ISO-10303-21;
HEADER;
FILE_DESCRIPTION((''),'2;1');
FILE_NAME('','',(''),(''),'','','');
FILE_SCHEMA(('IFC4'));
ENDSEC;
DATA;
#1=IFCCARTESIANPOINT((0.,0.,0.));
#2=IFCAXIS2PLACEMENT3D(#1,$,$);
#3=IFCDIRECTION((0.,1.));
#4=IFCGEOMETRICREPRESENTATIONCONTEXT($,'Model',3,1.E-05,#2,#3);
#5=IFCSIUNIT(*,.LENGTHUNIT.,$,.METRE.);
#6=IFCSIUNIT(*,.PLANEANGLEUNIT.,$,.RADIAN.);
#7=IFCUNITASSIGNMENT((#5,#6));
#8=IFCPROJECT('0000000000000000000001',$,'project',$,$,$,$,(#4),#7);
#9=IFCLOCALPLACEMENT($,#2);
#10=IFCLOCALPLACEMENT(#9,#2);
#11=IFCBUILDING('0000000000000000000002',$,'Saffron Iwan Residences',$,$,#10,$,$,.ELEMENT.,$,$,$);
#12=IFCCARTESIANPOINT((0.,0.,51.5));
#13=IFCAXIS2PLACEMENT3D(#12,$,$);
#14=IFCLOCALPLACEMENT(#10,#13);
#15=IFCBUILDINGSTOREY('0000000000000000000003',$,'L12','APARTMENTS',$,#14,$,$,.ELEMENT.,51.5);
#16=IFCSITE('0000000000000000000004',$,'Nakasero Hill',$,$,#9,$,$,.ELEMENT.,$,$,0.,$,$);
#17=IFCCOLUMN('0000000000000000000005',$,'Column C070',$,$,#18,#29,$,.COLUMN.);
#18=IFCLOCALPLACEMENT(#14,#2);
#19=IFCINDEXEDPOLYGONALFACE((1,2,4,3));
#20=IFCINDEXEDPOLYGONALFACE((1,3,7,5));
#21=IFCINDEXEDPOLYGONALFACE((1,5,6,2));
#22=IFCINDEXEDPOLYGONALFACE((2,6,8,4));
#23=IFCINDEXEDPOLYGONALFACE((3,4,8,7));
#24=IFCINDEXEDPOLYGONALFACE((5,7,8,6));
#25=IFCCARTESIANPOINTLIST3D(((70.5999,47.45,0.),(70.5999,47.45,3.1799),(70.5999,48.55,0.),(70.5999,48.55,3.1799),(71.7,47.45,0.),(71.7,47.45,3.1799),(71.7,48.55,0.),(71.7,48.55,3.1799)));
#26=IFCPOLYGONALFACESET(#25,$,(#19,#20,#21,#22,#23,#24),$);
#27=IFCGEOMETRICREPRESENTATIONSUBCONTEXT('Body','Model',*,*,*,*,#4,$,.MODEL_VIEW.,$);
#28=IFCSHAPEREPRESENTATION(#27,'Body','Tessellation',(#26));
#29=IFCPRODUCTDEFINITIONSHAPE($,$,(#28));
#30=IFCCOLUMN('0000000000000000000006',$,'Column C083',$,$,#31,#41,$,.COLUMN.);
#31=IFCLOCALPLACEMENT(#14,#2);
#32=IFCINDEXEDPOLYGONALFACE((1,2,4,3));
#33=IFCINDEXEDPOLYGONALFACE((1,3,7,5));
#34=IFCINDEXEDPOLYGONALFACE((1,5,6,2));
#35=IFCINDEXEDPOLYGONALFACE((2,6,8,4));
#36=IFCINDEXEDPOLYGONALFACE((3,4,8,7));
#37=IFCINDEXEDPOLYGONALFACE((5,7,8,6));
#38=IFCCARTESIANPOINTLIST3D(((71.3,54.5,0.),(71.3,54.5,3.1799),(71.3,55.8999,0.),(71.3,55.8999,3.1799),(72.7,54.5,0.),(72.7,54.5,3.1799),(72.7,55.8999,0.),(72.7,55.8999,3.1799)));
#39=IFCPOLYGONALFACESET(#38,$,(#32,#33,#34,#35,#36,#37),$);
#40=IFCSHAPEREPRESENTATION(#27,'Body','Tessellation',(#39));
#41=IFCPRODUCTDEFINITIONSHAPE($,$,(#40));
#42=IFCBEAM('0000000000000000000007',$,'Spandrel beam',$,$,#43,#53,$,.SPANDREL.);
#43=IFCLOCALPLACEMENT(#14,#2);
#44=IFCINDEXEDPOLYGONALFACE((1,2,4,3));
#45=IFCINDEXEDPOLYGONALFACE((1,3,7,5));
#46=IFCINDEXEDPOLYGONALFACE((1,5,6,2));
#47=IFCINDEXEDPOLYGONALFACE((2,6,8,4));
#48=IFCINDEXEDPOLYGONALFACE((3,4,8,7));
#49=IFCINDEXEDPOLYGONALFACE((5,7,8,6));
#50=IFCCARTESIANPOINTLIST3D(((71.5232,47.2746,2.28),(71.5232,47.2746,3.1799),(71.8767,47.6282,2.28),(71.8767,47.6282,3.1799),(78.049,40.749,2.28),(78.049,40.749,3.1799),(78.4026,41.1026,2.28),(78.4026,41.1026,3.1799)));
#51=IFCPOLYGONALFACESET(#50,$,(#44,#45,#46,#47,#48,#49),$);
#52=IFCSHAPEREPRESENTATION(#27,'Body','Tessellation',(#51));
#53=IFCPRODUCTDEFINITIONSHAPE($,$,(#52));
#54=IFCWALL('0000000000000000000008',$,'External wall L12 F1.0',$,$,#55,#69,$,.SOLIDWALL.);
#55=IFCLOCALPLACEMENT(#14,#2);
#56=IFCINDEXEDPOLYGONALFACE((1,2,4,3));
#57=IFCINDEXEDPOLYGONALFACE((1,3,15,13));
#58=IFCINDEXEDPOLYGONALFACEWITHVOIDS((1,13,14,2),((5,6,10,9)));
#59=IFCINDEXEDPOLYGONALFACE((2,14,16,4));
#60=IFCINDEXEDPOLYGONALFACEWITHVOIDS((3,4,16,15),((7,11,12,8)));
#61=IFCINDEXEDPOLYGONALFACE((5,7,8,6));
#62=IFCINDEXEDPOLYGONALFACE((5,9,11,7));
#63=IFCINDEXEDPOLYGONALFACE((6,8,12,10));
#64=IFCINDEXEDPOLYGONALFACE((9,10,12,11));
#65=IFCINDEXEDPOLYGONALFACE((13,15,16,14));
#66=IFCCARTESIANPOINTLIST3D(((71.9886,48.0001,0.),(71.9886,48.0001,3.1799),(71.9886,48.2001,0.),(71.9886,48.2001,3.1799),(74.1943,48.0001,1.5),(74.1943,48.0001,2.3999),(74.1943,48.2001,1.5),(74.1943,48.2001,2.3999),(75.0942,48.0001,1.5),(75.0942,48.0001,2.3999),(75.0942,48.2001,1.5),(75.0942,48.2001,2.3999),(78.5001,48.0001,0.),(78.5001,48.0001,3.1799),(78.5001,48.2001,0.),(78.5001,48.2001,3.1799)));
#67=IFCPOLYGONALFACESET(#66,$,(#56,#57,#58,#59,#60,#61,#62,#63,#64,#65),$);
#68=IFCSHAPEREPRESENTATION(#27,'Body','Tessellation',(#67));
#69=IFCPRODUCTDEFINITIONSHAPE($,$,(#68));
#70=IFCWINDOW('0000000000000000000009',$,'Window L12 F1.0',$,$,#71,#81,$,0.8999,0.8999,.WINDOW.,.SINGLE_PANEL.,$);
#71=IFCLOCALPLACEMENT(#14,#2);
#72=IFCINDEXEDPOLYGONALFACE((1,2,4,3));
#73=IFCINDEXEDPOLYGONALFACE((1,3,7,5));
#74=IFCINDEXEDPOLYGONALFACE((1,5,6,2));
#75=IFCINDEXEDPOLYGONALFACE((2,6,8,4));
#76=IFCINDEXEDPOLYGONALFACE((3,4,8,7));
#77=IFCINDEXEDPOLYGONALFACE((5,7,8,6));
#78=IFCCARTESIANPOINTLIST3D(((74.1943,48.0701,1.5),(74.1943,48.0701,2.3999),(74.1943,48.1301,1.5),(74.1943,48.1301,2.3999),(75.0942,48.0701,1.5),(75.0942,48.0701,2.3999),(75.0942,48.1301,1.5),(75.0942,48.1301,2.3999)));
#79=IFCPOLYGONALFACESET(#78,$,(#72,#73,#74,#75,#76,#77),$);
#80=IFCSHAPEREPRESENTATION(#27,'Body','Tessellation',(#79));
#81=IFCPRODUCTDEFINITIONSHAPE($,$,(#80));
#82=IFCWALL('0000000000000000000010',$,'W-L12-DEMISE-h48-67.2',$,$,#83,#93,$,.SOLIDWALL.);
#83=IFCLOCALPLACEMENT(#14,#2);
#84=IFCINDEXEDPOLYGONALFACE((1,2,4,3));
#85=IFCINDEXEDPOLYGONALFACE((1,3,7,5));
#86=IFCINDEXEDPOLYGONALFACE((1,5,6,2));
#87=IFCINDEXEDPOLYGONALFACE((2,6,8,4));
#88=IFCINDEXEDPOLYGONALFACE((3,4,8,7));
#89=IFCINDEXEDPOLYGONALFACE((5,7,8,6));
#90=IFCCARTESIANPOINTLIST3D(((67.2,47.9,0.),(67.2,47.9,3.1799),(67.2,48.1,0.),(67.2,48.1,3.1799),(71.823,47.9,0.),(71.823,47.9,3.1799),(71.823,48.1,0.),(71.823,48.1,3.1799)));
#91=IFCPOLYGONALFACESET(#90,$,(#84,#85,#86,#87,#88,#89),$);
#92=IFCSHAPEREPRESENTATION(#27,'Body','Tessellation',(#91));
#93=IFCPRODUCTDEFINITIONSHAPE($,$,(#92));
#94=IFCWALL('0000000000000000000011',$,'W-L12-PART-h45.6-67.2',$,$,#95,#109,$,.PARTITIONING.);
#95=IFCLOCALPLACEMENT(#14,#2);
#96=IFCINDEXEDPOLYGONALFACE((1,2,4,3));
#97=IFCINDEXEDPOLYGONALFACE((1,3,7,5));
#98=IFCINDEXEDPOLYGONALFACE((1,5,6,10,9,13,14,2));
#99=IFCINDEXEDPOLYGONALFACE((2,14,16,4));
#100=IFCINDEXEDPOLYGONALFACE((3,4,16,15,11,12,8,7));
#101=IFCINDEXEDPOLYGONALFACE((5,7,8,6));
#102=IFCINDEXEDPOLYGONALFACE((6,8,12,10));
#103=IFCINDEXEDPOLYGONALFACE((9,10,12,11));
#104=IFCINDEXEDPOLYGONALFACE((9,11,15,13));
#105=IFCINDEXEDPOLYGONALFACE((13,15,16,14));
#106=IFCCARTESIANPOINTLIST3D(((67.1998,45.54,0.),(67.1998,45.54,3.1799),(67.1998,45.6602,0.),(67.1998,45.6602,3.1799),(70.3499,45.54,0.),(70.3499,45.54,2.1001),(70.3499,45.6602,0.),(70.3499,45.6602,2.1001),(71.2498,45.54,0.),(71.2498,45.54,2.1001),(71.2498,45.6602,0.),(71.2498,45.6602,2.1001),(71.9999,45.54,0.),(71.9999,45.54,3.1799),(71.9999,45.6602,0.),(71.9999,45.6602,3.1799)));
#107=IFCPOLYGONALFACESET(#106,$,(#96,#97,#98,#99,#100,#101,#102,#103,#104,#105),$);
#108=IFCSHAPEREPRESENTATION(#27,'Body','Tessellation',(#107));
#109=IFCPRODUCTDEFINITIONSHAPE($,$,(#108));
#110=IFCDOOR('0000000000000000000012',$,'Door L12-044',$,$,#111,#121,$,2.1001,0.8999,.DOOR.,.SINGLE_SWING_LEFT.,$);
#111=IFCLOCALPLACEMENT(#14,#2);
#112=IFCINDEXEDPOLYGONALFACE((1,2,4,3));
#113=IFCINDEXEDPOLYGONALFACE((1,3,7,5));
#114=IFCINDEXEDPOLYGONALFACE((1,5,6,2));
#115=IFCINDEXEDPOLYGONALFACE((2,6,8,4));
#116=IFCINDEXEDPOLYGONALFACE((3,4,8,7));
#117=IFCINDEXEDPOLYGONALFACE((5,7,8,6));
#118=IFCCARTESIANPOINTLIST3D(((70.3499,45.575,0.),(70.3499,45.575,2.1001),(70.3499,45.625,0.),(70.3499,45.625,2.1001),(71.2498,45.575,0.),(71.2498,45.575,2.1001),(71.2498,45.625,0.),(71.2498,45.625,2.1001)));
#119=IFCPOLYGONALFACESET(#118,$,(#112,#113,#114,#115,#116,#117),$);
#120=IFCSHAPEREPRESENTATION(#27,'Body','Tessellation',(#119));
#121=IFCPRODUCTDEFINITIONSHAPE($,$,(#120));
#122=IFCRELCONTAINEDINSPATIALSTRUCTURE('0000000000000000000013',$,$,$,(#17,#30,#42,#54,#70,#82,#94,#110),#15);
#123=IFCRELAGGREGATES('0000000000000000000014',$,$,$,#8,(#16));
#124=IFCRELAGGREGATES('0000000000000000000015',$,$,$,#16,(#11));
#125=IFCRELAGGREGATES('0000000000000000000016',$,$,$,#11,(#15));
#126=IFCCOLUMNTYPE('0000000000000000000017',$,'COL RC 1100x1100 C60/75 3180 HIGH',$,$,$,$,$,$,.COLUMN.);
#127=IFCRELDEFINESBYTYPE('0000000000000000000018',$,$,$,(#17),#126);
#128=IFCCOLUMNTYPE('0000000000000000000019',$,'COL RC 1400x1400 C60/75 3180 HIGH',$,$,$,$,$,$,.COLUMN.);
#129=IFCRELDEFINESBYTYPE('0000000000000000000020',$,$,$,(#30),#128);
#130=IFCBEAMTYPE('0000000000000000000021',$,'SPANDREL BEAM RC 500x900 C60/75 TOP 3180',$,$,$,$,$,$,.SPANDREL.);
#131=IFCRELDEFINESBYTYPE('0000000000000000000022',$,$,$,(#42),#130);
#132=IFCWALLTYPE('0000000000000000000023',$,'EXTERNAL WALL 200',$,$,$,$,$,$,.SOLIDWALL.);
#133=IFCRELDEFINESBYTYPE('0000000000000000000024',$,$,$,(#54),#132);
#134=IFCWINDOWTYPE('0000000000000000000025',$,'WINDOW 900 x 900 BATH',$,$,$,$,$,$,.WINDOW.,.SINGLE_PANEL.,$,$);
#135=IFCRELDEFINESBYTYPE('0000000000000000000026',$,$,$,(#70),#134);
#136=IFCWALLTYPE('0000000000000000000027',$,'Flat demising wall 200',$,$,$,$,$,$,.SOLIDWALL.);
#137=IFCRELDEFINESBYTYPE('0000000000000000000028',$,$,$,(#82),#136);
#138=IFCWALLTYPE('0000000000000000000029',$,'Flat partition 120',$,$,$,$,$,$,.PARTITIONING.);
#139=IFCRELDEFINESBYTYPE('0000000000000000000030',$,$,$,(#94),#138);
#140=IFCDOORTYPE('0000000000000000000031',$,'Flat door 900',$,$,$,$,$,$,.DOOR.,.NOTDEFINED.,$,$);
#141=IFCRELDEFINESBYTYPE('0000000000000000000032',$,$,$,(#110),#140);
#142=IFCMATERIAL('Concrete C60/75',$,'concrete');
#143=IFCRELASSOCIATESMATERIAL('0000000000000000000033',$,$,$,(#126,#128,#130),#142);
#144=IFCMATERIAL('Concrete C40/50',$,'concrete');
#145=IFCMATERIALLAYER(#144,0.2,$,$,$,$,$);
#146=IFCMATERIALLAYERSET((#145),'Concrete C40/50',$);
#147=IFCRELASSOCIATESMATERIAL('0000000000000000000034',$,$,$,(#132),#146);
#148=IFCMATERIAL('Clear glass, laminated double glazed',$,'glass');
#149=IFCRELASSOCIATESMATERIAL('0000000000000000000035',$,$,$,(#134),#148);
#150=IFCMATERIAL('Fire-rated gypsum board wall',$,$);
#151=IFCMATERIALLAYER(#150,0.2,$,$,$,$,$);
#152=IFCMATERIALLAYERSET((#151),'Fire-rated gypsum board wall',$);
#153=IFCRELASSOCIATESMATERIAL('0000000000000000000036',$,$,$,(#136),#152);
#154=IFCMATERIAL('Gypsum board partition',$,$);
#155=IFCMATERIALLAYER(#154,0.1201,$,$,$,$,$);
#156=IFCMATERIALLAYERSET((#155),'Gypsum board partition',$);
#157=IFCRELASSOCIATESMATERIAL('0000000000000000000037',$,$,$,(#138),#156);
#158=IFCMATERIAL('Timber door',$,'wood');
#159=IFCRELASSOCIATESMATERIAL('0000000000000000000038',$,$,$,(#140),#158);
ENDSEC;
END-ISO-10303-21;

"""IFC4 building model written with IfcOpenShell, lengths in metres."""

from ifc_helpers import new_model, si_unit, direction, frame, frame_2d, origin, origin_2d, place, context, subcontext, project, spatial, rectangle, extrude, source, transform, mapped, material, layer, layer_set, material_profile, profile_set, type_object, element, fill, save


model = new_model("IFC4")

# Units and contexts
model_context = context("Model", 3, precision=1e-05, world=origin(), true_north=direction((0.0, 1.0)))
body_context = subcontext(model_context, "Body", "Model", "MODEL_VIEW")
ifc_project = project(units=[si_unit("LENGTHUNIT", "METRE"), si_unit("PLANEANGLEUNIT", "RADIAN")], contexts=[model_context])

# Site, building, storey
site_placement = place(None, origin())
site = spatial("IfcSite", under=ifc_project, at=site_placement, Name="Nakasero Hill", CompositionType="ELEMENT", RefElevation=0.0)
building_placement = place(site_placement, origin())
building = spatial("IfcBuilding", under=site, at=building_placement, Name="Saffron Iwan Residences", CompositionType="ELEMENT")
storey_placement = place(building_placement, frame((0.0, 0.0, 51.5)))
storey = spatial("IfcBuildingStorey", under=building, at=storey_placement, Name="L12", Description="APARTMENTS", CompositionType="ELEMENT", Elevation=51.5)

# Columns
ifc_material_1 = material(Name="Concrete C60/75", Category="concrete")
ifc_material_profile_1 = material_profile(ifc_material_1, rectangle(XDim=1.1001, YDim=1.1001, at=origin_2d()), Name="RC 1100x1100")
ifc_profile_set_1 = profile_set([ifc_material_profile_1], Name="Concrete C60/75")
column_type_1 = type_object("IfcColumnType", Name="COL RC 1100x1100 C60/75 3180 HIGH", PredefinedType="COLUMN", material=ifc_profile_set_1)
shared_shape_1 = source(origin(), body_context, "Body", "SweptSolid", [
    extrude(rectangle(XDim=1.1001, YDim=1.1001, at=origin_2d()), origin(), (0.0, 0.0, 1.0), 3.1799),
])
column_1_placement = place(storey_placement, frame((71.1499, 48.0, 0.0), z_axis=(0.0, 0.0, 1.0), x_axis=(1.0, 0.0, 0.0)))
element("IfcColumn", 1, at=column_1_placement, inside=storey, type_object=column_type_1, Name="Column C070", PredefinedType="COLUMN", context=body_context, shape_type="MappedRepresentation", body=[
    mapped(shared_shape_1, transform((0.0, 0.0, 0.0))),
])
ifc_material_profile_2 = material_profile(ifc_material_1, rectangle(XDim=1.3999, YDim=1.3999, at=origin_2d()), Name="RC 1400x1400")
ifc_profile_set_2 = profile_set([ifc_material_profile_2], Name="Concrete C60/75")
column_type_2 = type_object("IfcColumnType", Name="COL RC 1400x1400 C60/75 3180 HIGH", PredefinedType="COLUMN", material=ifc_profile_set_2)
shared_shape_2 = source(origin(), body_context, "Body", "SweptSolid", [
    extrude(rectangle(XDim=1.3999, YDim=1.3999, at=origin_2d()), origin(), (0.0, 0.0, 1.0), 3.1799),
])
column_2_placement = place(storey_placement, frame((72.0, 55.2, 0.0), z_axis=(0.0, 0.0, 1.0), x_axis=(1.0, 0.0, 0.0)))
element("IfcColumn", 2, at=column_2_placement, inside=storey, type_object=column_type_2, Name="Column C083", PredefinedType="COLUMN", context=body_context, shape_type="MappedRepresentation", body=[
    mapped(shared_shape_2, transform((0.0, 0.0, 0.0))),
])

# Beam
ifc_material_profile_3 = material_profile(ifc_material_1, rectangle(XDim=0.5, YDim=0.8999, at=origin_2d()), Name="RC 500x900")
ifc_profile_set_3 = profile_set([ifc_material_profile_3], Name="Concrete C60/75")
beam_type = type_object("IfcBeamType", Name="SPANDREL BEAM RC 500x900 C60/75 TOP 3180", PredefinedType="SPANDREL", material=ifc_profile_set_3)
shared_shape_3 = source(origin(), body_context, "Body", "SweptSolid", [
    extrude(rectangle(XDim=0.5, YDim=0.8999, at=origin_2d()), origin(), (0.0, 0.0, 1.0), 9.2288),
])
beam_placement = place(storey_placement, frame((71.7, 47.4514, 2.73), z_axis=(0.70712, -0.707094, 0.0), x_axis=(0.707094, 0.70712, 0.0)))
element("IfcBeam", 3, at=beam_placement, inside=storey, type_object=beam_type, Name="Spandrel beam", PredefinedType="SPANDREL", context=body_context, shape_type="MappedRepresentation", body=[
    mapped(shared_shape_3, transform((0.0, 0.0, 0.0))),
])

# Wall, opening, window
ifc_material_2 = material(Name="Concrete C40/50", Category="concrete")
ifc_layer_1 = layer(ifc_material_2, 0.2)
ifc_layer_set_1 = layer_set([ifc_layer_1], Name="Concrete C40/50")
wall_type_1 = type_object("IfcWallType", Name="EXTERNAL WALL 200", PredefinedType="SOLIDWALL", material=ifc_layer_set_1)
wall_1_placement = place(storey_placement, frame((71.9885, 48.1001, 0.0), z_axis=(0.0, 0.0, 1.0), x_axis=(1.0, 0.0, 0.0)))
wall_1 = element("IfcWall", 4, at=wall_1_placement, inside=storey, type_object=wall_type_1, Name="External wall L12 F1.0", PredefinedType="SOLIDWALL", context=body_context, shape_type="SweptSolid", body=[
    extrude(rectangle(XDim=6.5115, YDim=0.2, at=frame_2d((3.2559, 0.0))), origin(), (0.0, 0.0, 1.0), 3.1799),
])
opening_1_placement = place(wall_1_placement, frame((2.2058, 0.0, 1.5)))
opening_1 = element("IfcOpeningElement", 5, at=opening_1_placement, cuts=wall_1, PredefinedType="OPENING", context=body_context, shape_type="SweptSolid", body=[
    extrude(rectangle(XDim=0.8999, YDim=0.8999, at=frame_2d((0.45, 0.45))), frame((0.0, 0.1099, 0.0), z_axis=(0.0, -1.0, 0.0), x_axis=(1.0, 0.0, 0.0)), (0.0, 0.0, 1.0), 0.22),
])
ifc_material_3 = material(Name="Clear glass, laminated double glazed", Category="glass")
window_type = type_object("IfcWindowType", Name="WINDOW 900 x 900 BATH", PartitioningType="SINGLE_PANEL", PredefinedType="WINDOW", material=ifc_material_3)
window_placement = place(opening_1_placement, origin())
window = element("IfcWindow", 6, at=window_placement, inside=storey, type_object=window_type, Name="Window L12 F1.0", OverallHeight=0.8999, OverallWidth=0.8999, PartitioningType="SINGLE_PANEL", PredefinedType="WINDOW", context=body_context, shape_type="SweptSolid", body=[
    extrude(rectangle(XDim=0.8999, YDim=0.8999, at=frame_2d((0.45, 0.45))), frame((0.0, 0.03, 0.0), z_axis=(0.0, -1.0, 0.0), x_axis=(1.0, 0.0, 0.0)), (0.0, 0.0, 1.0), 0.0601),
])
fill(opening_1, window)

# Wall
ifc_material_4 = material(Name="Fire-rated gypsum board wall")
ifc_layer_2 = layer(ifc_material_4, 0.2)
ifc_layer_set_2 = layer_set([ifc_layer_2], Name="Fire-rated gypsum board wall")
wall_type_2 = type_object("IfcWallType", Name="Flat demising wall 200", PredefinedType="SOLIDWALL", material=ifc_layer_set_2)
wall_2_placement = place(storey_placement, frame((67.2, 48.0, 0.0), z_axis=(0.0, 0.0, 1.0), x_axis=(1.0, 0.0, 0.0)))
element("IfcWall", 7, at=wall_2_placement, inside=storey, type_object=wall_type_2, Name="W-L12-DEMISE-h48-67.2", PredefinedType="SOLIDWALL", context=body_context, shape_type="SweptSolid", body=[
    extrude(rectangle(XDim=4.623, YDim=0.2, at=frame_2d((2.3115, 0.0))), origin(), (0.0, 0.0, 1.0), 3.1799),
])

# Wall, opening, door
ifc_material_5 = material(Name="Gypsum board partition")
ifc_layer_3 = layer(ifc_material_5, 0.1201)
ifc_layer_set_3 = layer_set([ifc_layer_3], Name="Gypsum board partition")
wall_type_3 = type_object("IfcWallType", Name="Flat partition 120", PredefinedType="PARTITIONING", material=ifc_layer_set_3)
wall_3_placement = place(storey_placement, frame((67.2, 45.6001, 0.0), z_axis=(0.0, 0.0, 1.0), x_axis=(1.0, 0.0, 0.0)))
wall_3 = element("IfcWall", 8, at=wall_3_placement, inside=storey, type_object=wall_type_3, Name="W-L12-PART-h45.6-67.2", PredefinedType="PARTITIONING", context=body_context, shape_type="SweptSolid", body=[
    extrude(rectangle(XDim=4.8, YDim=0.1201, at=frame_2d((2.3999, 0.0))), origin(), (0.0, 0.0, 1.0), 3.1799),
])
opening_2_placement = place(wall_3_placement, frame((3.1499, 0.0, 0.0)))
opening_2 = element("IfcOpeningElement", 9, at=opening_2_placement, cuts=wall_3, PredefinedType="OPENING", context=body_context, shape_type="SweptSolid", body=[
    extrude(rectangle(XDim=0.8999, YDim=2.1001, at=frame_2d((0.45, 1.05))), frame((0.0, 0.0701, 0.0), z_axis=(0.0, -1.0, 0.0), x_axis=(1.0, 0.0, 0.0)), (0.0, 0.0, 1.0), 0.1401),
])
ifc_material_6 = material(Name="Timber door", Category="wood")
door_type_1 = type_object("IfcDoorType", Name="Flat door 900", OperationType="NOTDEFINED", PredefinedType="DOOR", material=ifc_material_6)
door_1_placement = place(opening_2_placement, origin())
door_1 = element("IfcDoor", 10, at=door_1_placement, inside=storey, type_object=door_type_1, Name="Door L12-044", OperationType="SINGLE_SWING_LEFT", OverallHeight=2.1001, OverallWidth=0.8999, PredefinedType="DOOR", context=body_context, shape_type="SweptSolid", body=[
    extrude(rectangle(XDim=0.8999, YDim=2.1001, at=frame_2d((0.45, 1.05))), frame((0.0, 0.0249, 0.0), z_axis=(0.0, -1.0, 0.0), x_axis=(1.0, 0.0, 0.0)), (0.0, 0.0, 1.0), 0.05),
])
fill(opening_2, door_1)

save(model, "model.ifc")
